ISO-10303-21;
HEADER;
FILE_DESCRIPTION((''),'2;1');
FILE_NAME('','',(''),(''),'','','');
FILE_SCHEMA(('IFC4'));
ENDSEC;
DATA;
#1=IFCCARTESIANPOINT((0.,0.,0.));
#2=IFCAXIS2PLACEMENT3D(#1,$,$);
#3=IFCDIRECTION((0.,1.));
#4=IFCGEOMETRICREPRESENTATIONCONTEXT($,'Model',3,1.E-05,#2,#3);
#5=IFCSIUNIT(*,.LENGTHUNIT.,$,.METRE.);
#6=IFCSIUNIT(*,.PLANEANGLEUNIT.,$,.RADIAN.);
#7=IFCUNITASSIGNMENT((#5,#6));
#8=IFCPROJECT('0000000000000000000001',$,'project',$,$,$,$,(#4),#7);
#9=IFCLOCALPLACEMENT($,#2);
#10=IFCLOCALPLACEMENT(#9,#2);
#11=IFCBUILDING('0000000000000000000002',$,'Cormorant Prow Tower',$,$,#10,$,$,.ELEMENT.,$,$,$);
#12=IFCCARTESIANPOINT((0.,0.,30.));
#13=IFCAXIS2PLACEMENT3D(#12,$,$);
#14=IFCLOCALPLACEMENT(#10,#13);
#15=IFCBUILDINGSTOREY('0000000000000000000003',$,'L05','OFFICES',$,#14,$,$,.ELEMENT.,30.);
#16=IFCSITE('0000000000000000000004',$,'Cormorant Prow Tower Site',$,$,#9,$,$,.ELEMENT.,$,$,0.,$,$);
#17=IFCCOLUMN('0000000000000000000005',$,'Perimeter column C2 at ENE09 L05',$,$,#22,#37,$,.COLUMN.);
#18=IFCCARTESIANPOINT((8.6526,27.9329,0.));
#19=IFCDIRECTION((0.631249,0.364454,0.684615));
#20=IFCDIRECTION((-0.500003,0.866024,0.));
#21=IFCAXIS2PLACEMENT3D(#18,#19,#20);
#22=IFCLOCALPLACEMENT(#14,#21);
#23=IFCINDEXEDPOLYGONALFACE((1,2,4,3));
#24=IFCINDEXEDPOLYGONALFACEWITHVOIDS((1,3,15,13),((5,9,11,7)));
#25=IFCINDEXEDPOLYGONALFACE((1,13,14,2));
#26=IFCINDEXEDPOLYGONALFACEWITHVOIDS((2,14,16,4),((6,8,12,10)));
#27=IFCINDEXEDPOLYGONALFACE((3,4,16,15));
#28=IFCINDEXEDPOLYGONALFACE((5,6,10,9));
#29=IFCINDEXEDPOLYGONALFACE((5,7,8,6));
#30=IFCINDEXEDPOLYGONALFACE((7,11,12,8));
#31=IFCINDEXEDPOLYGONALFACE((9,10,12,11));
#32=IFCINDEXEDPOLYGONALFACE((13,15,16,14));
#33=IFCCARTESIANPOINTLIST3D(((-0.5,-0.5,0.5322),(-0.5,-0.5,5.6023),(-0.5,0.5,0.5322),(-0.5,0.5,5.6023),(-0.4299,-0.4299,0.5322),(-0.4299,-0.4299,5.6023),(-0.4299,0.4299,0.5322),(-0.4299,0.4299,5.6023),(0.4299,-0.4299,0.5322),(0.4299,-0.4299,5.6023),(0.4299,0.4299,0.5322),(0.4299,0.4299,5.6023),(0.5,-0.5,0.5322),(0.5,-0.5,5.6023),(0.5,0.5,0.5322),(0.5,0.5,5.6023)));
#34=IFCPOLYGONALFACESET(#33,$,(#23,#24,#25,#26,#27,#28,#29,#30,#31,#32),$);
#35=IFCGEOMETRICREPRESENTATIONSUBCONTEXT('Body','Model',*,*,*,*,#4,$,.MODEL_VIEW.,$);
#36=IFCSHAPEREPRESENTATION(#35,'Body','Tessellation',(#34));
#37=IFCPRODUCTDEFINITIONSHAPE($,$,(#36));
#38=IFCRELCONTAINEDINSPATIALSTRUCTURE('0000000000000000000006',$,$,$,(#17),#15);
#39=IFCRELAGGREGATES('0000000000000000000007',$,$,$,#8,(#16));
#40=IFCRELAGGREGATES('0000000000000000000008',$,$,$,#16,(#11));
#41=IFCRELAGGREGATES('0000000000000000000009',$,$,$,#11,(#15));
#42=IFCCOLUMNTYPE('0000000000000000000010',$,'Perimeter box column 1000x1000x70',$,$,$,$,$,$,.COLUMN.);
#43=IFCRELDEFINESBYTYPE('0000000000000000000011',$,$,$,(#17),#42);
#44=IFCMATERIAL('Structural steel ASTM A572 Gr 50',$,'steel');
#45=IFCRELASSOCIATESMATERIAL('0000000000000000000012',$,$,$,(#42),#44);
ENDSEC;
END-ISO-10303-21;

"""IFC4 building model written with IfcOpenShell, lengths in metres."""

from ifc_helpers import new_model, si_unit, direction, frame, origin, origin_2d, place, context, subcontext, project, spatial, hollow_rectangle, extrude, material, material_profile, profile_set, type_object, element, save


model = new_model("IFC4")

# Units and contexts
model_context = context("Model", 3, precision=1e-05, world=origin(), true_north=direction((0.0, 1.0)))
body_context = subcontext(model_context, "Body", "Model", "MODEL_VIEW")
ifc_project = project(units=[si_unit("LENGTHUNIT", "METRE"), si_unit("PLANEANGLEUNIT", "RADIAN")], contexts=[model_context])

# Site, building, storey
site_placement = place(None, origin())
site = spatial("IfcSite", under=ifc_project, at=site_placement, Name="Cormorant Prow Tower Site", CompositionType="ELEMENT", RefElevation=0.0)
building_placement = place(site_placement, origin())
building = spatial("IfcBuilding", under=site, at=building_placement, Name="Cormorant Prow Tower", CompositionType="ELEMENT")
storey_placement = place(building_placement, frame((0.0, 0.0, 30.0)))
storey = spatial("IfcBuildingStorey", under=building, at=storey_placement, Name="L05", Description="OFFICES", CompositionType="ELEMENT", Elevation=30.0)

# Column
ifc_material_1 = material(Name="Structural steel ASTM A572 Gr 50", Category="steel")
ifc_material_profile_1 = material_profile(ifc_material_1, hollow_rectangle(XDim=1.0, YDim=1.0, WallThickness=0.0701, at=origin_2d()), Name="Box 1000x1000x70")
ifc_profile_set_1 = profile_set([ifc_material_profile_1], Name="Structural steel ASTM A572 Gr 50")
column_type_1 = type_object("IfcColumnType", Name="Perimeter box column 1000x1000x70", PredefinedType="COLUMN", material=ifc_profile_set_1)
column_1_placement = place(storey_placement, frame((8.6526, 27.9329, 0.0), z_axis=(0.631249, 0.364454, 0.684615), x_axis=(-0.500003, 0.866024, 0.0)))
element("IfcColumn", 1, at=column_1_placement, inside=storey, type_object=column_type_1, Name="Perimeter column C2 at ENE09 L05", PredefinedType="COLUMN", context=body_context, shape_type="SweptSolid", body=[
    extrude(hollow_rectangle(XDim=1.0, YDim=1.0, WallThickness=0.0701, at=origin_2d()), frame((0.0, 0.0, 0.5322)), (0.0, 0.0, 1.0), 5.0701),
])

save(model, "model.ifc")
